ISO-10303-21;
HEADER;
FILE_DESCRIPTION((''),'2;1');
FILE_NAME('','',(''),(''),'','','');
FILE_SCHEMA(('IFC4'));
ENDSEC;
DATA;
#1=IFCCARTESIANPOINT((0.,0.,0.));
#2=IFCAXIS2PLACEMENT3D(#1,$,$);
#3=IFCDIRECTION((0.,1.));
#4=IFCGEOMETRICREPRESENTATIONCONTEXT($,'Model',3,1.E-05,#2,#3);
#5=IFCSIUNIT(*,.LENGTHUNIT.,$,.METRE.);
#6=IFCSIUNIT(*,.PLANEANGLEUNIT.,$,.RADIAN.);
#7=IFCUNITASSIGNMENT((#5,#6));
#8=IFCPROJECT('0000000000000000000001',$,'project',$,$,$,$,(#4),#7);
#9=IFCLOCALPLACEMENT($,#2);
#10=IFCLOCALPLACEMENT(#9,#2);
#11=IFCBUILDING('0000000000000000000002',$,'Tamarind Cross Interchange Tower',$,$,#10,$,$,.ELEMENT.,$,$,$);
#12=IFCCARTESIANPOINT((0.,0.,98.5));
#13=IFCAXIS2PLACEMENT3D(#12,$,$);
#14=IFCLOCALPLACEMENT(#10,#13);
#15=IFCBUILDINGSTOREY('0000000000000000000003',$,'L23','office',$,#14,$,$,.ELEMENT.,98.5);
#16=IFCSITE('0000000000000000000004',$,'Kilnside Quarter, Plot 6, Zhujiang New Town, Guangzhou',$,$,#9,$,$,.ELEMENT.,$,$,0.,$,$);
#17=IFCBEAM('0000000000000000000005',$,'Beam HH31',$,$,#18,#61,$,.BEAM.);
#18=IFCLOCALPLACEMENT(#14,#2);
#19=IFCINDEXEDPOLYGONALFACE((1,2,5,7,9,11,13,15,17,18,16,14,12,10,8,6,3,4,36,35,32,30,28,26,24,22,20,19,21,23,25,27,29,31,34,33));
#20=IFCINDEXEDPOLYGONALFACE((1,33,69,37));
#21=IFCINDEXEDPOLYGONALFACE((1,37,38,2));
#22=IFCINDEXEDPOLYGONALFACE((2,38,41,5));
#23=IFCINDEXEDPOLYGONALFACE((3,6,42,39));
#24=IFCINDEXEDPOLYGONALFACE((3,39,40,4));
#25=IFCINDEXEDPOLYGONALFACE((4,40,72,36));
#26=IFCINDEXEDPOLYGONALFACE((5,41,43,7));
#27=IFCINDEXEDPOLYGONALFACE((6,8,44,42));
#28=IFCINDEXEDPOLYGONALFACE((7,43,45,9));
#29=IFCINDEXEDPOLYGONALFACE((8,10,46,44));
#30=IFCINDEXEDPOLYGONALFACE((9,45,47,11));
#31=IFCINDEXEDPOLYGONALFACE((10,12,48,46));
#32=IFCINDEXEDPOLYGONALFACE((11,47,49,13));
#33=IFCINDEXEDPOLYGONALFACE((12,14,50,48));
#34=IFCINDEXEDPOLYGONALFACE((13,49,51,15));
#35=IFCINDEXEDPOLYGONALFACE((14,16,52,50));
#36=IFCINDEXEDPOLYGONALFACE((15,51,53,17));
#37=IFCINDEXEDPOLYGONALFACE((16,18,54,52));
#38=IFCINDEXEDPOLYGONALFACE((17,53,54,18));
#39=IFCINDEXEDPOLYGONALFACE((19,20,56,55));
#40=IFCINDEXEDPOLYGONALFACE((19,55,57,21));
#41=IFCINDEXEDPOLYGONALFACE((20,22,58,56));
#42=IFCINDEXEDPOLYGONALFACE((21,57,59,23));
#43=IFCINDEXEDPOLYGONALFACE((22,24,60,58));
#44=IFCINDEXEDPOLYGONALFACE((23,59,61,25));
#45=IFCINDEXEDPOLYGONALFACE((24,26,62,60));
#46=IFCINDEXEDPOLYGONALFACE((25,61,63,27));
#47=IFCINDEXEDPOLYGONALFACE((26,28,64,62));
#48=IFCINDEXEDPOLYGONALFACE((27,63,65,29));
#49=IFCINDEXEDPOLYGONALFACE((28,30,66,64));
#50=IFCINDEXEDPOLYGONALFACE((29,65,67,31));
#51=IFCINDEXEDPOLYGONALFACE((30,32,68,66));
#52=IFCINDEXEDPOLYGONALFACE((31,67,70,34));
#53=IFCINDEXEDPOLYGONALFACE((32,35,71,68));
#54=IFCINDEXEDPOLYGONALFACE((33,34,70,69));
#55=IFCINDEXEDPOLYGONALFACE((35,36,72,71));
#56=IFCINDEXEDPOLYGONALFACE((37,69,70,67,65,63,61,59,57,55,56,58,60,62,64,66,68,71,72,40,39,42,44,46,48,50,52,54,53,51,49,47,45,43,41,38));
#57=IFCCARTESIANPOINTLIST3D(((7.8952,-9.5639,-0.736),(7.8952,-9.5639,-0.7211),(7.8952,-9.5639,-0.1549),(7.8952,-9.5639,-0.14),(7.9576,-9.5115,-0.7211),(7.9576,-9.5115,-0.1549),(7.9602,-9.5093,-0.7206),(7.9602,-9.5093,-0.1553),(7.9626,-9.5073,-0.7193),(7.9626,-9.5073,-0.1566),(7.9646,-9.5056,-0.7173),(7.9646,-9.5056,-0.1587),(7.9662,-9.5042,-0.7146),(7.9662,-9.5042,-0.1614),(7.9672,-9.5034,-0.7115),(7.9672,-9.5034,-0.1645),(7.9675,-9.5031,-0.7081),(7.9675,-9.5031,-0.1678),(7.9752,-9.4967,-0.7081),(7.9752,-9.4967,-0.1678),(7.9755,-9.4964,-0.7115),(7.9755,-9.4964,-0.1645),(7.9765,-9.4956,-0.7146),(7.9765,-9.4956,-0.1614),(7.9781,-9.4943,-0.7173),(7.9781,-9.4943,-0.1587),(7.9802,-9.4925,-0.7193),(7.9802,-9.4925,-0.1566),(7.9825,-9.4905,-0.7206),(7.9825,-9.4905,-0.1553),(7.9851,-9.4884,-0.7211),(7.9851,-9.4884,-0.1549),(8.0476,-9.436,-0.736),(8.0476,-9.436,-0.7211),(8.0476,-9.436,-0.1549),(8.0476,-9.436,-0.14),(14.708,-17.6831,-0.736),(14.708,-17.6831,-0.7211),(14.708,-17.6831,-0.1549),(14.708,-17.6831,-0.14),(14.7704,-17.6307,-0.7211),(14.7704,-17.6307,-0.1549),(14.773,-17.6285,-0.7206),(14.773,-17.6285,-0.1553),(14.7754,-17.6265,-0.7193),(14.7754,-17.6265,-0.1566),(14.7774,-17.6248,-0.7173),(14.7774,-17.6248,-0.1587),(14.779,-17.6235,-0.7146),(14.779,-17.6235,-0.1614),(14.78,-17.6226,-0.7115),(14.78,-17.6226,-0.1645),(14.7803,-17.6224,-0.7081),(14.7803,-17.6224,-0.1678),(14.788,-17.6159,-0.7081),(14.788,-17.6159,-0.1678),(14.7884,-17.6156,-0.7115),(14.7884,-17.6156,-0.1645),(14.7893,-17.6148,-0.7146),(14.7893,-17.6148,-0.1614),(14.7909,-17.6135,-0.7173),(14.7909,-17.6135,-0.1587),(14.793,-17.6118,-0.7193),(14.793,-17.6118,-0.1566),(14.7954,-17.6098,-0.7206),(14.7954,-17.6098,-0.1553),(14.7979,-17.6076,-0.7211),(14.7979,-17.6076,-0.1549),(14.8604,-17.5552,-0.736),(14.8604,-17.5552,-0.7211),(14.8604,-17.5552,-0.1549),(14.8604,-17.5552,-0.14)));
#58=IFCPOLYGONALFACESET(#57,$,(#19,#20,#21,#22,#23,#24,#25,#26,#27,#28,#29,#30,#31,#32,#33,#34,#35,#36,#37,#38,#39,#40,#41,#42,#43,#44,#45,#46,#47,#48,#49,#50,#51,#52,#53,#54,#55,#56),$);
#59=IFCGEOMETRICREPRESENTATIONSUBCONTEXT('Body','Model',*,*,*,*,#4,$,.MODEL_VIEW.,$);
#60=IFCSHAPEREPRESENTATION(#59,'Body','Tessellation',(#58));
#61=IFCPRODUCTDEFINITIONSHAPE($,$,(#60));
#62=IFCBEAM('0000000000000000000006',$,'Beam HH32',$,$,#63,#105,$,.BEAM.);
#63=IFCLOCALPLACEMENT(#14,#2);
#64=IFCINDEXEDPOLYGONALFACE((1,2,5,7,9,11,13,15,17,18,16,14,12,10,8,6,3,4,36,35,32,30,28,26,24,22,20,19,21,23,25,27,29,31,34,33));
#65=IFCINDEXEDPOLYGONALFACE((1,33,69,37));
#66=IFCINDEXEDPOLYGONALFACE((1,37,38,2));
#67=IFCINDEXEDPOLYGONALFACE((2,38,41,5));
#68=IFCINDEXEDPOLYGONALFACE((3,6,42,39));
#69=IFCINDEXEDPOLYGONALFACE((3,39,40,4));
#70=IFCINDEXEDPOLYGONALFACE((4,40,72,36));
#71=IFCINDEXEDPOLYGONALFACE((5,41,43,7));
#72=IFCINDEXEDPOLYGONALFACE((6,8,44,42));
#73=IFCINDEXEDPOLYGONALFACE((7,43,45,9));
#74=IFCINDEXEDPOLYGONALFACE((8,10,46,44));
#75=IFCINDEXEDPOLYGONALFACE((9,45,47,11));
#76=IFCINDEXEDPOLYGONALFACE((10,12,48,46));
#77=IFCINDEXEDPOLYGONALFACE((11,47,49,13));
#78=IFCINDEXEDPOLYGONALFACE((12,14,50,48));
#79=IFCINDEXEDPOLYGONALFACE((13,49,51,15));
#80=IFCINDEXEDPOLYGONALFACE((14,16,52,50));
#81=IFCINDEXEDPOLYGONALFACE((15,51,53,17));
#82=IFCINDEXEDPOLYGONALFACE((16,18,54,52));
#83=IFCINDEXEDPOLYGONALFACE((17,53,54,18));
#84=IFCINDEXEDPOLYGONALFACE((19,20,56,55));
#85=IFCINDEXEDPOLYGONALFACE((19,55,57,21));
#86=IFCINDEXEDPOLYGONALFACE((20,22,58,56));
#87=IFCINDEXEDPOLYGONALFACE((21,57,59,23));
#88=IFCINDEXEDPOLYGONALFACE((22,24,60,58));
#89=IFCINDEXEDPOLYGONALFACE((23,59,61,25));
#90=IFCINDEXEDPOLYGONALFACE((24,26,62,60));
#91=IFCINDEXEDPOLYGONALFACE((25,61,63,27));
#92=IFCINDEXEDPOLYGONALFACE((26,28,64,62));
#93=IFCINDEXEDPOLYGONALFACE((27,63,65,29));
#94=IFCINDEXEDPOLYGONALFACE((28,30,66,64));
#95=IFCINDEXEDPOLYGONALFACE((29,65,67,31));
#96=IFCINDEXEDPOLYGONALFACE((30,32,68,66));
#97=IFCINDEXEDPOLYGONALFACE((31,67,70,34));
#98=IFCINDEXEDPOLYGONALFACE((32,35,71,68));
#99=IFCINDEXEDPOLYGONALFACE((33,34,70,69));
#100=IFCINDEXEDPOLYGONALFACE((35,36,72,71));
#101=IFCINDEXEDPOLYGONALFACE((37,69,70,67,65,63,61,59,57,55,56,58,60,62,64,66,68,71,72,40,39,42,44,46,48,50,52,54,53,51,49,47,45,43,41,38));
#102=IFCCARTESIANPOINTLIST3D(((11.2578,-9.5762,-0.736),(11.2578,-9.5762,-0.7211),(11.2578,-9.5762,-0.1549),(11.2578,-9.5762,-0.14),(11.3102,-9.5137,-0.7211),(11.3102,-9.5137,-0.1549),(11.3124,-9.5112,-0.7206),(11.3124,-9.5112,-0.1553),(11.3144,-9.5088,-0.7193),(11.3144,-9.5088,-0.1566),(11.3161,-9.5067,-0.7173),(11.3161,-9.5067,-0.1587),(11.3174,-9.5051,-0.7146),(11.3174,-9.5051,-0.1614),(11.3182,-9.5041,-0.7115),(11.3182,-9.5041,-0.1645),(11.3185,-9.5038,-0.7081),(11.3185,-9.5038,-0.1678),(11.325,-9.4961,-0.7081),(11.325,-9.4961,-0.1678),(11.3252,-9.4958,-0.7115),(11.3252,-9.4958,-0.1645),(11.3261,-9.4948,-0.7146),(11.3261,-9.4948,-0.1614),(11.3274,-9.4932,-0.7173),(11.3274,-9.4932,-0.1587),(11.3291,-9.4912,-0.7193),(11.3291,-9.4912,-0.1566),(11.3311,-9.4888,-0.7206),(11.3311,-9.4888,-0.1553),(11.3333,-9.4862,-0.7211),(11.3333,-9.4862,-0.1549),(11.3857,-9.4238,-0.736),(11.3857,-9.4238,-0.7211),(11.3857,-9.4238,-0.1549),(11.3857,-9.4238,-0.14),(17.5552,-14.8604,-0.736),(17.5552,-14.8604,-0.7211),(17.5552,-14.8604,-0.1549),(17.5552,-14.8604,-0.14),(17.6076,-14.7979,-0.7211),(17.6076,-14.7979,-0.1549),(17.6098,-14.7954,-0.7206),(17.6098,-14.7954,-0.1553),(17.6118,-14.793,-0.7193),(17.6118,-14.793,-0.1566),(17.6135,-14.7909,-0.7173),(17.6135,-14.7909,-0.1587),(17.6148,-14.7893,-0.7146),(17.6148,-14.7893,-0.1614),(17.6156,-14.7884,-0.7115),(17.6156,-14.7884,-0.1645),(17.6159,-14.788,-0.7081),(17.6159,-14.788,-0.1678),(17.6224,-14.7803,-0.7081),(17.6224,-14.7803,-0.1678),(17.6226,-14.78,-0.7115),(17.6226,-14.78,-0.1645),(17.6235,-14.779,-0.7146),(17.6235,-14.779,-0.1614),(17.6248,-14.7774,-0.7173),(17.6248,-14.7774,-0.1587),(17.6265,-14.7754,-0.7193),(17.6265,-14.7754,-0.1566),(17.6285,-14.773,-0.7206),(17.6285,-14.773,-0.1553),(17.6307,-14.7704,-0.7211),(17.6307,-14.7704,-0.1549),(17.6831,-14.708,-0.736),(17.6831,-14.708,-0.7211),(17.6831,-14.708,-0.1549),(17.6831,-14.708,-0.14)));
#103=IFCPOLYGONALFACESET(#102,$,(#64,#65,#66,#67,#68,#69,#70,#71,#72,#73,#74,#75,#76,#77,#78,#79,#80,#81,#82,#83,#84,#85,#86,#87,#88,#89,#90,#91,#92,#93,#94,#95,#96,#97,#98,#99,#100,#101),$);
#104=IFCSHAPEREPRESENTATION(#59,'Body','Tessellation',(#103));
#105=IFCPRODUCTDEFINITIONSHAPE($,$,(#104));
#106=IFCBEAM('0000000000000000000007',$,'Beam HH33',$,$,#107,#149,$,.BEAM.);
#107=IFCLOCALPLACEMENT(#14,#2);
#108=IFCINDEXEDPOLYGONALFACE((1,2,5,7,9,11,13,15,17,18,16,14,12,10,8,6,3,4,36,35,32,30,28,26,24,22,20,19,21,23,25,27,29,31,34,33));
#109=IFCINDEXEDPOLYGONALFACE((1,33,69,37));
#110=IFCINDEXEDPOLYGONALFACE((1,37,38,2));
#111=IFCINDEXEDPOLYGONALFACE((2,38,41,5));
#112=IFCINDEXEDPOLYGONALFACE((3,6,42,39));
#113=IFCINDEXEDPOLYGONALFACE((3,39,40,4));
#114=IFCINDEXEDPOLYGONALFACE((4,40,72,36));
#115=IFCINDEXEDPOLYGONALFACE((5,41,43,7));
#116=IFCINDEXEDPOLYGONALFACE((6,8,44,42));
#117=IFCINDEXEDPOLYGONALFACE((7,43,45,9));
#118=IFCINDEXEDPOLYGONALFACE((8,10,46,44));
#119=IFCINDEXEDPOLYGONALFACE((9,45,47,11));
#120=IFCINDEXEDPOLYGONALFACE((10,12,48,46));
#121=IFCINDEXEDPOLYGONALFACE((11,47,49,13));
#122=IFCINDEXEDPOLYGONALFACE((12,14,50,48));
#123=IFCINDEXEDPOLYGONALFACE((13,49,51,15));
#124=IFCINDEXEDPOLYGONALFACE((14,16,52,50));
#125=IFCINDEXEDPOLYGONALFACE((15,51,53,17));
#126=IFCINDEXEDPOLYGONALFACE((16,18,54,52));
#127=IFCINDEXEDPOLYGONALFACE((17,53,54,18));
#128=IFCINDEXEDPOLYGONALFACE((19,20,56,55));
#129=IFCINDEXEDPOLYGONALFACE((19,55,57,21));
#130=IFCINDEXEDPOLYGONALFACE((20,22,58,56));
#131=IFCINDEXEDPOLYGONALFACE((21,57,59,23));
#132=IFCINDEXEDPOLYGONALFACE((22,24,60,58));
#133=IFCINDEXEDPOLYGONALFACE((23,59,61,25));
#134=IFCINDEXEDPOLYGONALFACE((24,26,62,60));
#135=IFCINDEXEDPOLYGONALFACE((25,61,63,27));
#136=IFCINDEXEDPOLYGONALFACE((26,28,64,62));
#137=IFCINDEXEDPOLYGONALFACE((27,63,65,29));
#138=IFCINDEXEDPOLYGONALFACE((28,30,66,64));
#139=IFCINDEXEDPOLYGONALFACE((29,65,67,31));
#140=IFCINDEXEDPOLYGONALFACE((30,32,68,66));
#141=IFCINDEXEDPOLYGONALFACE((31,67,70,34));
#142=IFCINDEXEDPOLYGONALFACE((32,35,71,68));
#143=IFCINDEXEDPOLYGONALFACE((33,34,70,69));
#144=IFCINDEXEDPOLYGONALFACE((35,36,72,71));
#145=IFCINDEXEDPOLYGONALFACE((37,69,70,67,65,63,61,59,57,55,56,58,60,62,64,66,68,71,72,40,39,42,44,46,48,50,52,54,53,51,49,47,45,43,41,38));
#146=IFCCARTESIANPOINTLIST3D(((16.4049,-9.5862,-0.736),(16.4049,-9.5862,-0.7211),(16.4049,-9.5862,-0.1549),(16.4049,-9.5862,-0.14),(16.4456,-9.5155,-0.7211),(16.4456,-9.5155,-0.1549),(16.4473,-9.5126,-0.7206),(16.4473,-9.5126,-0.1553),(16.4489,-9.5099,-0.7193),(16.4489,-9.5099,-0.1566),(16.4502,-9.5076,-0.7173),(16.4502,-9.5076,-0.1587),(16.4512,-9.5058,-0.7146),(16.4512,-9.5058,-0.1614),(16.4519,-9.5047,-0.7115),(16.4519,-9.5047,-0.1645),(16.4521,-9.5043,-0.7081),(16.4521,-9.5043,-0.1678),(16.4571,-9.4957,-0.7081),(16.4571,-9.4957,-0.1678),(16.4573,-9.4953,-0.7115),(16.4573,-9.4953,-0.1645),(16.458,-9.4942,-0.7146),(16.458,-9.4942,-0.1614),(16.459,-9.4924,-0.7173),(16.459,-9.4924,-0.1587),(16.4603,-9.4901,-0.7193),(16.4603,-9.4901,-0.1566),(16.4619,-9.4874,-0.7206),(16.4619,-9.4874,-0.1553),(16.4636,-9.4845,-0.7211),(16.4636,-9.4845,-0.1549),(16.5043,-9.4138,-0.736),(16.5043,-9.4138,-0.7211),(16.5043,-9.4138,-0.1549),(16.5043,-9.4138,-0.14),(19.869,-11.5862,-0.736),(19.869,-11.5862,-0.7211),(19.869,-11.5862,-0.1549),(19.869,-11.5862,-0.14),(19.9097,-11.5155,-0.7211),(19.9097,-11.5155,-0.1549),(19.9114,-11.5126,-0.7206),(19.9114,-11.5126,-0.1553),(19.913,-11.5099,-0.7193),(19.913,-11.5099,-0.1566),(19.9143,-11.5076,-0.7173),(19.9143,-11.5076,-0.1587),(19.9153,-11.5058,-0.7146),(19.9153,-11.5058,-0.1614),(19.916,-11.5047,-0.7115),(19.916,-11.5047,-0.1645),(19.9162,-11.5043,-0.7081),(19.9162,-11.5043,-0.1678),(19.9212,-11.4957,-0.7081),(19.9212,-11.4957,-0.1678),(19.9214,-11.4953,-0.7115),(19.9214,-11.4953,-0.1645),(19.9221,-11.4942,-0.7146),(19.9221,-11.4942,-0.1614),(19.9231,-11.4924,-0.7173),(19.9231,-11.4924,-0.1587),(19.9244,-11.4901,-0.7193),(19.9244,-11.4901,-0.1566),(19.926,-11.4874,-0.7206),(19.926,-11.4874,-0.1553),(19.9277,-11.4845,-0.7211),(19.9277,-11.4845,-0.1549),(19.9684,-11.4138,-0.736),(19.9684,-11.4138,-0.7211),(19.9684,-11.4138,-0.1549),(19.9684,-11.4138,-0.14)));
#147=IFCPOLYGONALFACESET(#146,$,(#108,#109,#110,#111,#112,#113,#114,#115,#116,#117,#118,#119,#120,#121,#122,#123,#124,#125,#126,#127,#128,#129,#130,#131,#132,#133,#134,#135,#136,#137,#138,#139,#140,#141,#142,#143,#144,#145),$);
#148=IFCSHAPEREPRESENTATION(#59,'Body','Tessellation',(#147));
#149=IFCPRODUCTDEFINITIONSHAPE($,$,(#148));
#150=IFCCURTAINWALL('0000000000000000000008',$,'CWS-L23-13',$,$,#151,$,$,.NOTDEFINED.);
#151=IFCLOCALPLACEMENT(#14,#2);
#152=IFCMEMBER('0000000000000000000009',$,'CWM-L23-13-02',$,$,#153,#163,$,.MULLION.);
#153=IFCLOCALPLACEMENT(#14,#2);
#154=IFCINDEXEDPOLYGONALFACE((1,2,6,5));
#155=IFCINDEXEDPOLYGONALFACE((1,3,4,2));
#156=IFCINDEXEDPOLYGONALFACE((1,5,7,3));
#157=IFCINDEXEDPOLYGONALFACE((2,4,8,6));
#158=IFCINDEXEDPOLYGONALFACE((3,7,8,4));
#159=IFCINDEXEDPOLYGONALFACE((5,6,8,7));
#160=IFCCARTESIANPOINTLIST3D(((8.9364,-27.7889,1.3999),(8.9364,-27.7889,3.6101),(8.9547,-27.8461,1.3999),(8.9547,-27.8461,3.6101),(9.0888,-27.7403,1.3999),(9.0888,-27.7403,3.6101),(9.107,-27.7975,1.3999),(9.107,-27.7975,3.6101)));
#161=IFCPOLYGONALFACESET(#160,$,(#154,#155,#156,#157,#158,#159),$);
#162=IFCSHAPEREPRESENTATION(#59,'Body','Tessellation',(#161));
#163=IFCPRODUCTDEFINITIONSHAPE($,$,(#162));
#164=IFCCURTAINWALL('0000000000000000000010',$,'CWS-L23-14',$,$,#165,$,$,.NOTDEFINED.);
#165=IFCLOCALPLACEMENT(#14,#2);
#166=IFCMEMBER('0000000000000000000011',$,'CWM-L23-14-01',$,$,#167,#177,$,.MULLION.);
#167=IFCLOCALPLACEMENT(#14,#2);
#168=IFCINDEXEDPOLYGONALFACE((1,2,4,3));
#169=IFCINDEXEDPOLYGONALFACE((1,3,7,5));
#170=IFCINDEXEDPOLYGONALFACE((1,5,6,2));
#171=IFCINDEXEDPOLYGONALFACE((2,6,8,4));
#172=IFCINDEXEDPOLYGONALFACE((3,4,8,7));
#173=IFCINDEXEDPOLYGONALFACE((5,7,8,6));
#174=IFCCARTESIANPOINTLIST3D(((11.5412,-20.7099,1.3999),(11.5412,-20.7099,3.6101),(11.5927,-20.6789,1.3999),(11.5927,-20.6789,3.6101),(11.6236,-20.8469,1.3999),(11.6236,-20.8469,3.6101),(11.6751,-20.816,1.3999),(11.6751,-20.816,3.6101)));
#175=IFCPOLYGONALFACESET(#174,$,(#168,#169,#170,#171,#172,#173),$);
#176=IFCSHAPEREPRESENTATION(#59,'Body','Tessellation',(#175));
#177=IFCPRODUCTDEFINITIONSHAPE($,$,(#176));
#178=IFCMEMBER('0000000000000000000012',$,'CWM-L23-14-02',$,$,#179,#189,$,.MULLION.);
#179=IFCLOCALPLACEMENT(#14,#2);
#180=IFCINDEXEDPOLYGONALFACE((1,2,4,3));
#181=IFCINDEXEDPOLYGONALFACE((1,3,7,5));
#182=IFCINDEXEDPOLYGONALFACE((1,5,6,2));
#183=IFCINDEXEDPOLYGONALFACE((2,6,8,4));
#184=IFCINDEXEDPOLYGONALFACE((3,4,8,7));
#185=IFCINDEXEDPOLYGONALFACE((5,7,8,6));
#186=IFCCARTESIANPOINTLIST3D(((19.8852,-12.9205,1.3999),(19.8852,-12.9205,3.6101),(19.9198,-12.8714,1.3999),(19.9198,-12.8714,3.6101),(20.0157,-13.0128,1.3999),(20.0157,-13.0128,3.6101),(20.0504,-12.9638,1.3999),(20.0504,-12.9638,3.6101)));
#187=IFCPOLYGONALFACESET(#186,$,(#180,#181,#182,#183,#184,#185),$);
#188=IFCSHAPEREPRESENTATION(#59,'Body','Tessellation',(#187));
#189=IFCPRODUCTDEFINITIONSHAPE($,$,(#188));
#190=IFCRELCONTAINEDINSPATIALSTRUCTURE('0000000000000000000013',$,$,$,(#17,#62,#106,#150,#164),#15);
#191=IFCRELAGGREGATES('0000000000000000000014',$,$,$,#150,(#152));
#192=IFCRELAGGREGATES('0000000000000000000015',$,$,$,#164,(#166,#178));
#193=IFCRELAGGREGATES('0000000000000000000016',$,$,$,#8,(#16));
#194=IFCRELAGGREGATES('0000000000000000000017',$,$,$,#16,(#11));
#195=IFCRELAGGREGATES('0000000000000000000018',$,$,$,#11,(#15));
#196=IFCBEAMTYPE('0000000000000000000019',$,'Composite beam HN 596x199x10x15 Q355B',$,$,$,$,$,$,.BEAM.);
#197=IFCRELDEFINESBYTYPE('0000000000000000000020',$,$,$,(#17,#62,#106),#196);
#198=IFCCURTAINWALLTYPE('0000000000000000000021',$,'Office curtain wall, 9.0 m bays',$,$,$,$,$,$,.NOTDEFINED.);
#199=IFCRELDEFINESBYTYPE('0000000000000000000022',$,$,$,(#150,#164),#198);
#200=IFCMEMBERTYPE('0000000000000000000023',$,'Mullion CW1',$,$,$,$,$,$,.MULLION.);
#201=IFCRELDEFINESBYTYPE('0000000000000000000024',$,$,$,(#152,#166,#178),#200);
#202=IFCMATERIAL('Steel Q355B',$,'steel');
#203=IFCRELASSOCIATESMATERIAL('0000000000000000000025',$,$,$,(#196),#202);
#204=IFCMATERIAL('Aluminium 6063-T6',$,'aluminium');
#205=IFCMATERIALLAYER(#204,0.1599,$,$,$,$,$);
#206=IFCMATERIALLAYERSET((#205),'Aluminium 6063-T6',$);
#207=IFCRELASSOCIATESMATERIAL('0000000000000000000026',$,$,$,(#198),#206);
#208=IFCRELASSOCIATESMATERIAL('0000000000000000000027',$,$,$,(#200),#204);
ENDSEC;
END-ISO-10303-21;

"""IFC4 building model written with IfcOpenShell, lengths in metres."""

from ifc_helpers import new_model, si_unit, direction, frame, origin, origin_2d, place, context, subcontext, project, spatial, rectangle, i_section, extrude, material, layer, layer_set, material_profile, profile_set, type_object, element, aggregate, save


model = new_model("IFC4")

# Units and contexts
model_context = context("Model", 3, precision=1e-05, world=origin(), true_north=direction((0.0, 1.0)))
body_context = subcontext(model_context, "Body", "Model", "MODEL_VIEW")
ifc_project = project(units=[si_unit("LENGTHUNIT", "METRE"), si_unit("PLANEANGLEUNIT", "RADIAN")], contexts=[model_context])

# Site, building, storey
site_placement = place(None, origin())
site = spatial("IfcSite", under=ifc_project, at=site_placement, Name="Kilnside Quarter, Plot 6, Zhujiang New Town, Guangzhou", CompositionType="ELEMENT", RefElevation=0.0)
building_placement = place(site_placement, origin())
building = spatial("IfcBuilding", under=site, at=building_placement, Name="Tamarind Cross Interchange Tower", CompositionType="ELEMENT")
storey_placement = place(building_placement, frame((0.0, 0.0, 98.5)))
storey = spatial("IfcBuildingStorey", under=building, at=storey_placement, Name="L23", Description="office", CompositionType="ELEMENT", Elevation=98.5)

# Beams
ifc_material_1 = material(Name="Steel Q355B", Category="steel")
ifc_material_profile_1 = material_profile(ifc_material_1, i_section(OverallWidth=0.199, OverallDepth=0.5959, WebThickness=0.01, FlangeThickness=0.0149, FilletRadius=0.0129, at=origin_2d()), Name="HN 596x199x10x15")
ifc_profile_set_1 = profile_set([ifc_material_profile_1], Name="Steel Q355B")
beam_type = type_object("IfcBeamType", Name="Composite beam HN 596x199x10x15 Q355B", PredefinedType="BEAM", material=ifc_profile_set_1)
beam_1_placement = place(storey_placement, frame((14.7842, -17.6191, -0.438), z_axis=(-0.642786, 0.766046, 0.0), x_axis=(-0.766046, -0.642786, 0.0)))
element("IfcBeam", 1, at=beam_1_placement, inside=storey, type_object=beam_type, Name="Beam HH31", PredefinedType="BEAM", context=body_context, shape_type="SweptSolid", body=[
    extrude(i_section(OverallWidth=0.199, OverallDepth=0.5959, WebThickness=0.01, FlangeThickness=0.0149, FilletRadius=0.0129, at=origin_2d()), origin(), (0.0, 0.0, 1.0), 10.5989),
])
beam_2_placement = place(storey_placement, frame((17.6191, -14.7842, -0.438), z_axis=(-0.766041, 0.642792, 0.0), x_axis=(-0.642792, -0.766041, 0.0)))
element("IfcBeam", 2, at=beam_2_placement, inside=storey, type_object=beam_type, Name="Beam HH32", PredefinedType="BEAM", context=body_context, shape_type="SweptSolid", body=[
    extrude(i_section(OverallWidth=0.199, OverallDepth=0.5959, WebThickness=0.01, FlangeThickness=0.0149, FilletRadius=0.0129, at=origin_2d()), origin(), (0.0, 0.0, 1.0), 8.2207),
])
beam_3_placement = place(storey_placement, frame((19.9187, -11.5, -0.438), z_axis=(-0.866026, 0.499999, 0.0), x_axis=(-0.499999, -0.866026, 0.0)))
element("IfcBeam", 3, at=beam_3_placement, inside=storey, type_object=beam_type, Name="Beam HH33", PredefinedType="BEAM", context=body_context, shape_type="SweptSolid", body=[
    extrude(i_section(OverallWidth=0.199, OverallDepth=0.5959, WebThickness=0.01, FlangeThickness=0.0149, FilletRadius=0.0129, at=origin_2d()), origin(), (0.0, 0.0, 1.0), 4.0),
])

# Curtain wall, member
ifc_material_2 = material(Name="Aluminium 6063-T6", Category="aluminium")
ifc_layer_1 = layer(ifc_material_2, 0.1599)
ifc_layer_set_1 = layer_set([ifc_layer_1], Name="Aluminium 6063-T6")
curtain_wall_type = type_object("IfcCurtainWallType", Name="Office curtain wall, 9.0 m bays", PredefinedType="NOTDEFINED", material=ifc_layer_set_1)
curtain_wall_1_placement = place(storey_placement, origin())
curtain_wall_1 = element("IfcCurtainWall", 4, at=curtain_wall_1_placement, inside=storey, type_object=curtain_wall_type, Name="CWS-L23-13", PredefinedType="NOTDEFINED")
ifc_material_profile_2 = material_profile(ifc_material_2, rectangle(XDim=0.0601, YDim=0.1599, at=origin_2d()), Name="Mullion CW1")
ifc_profile_set_2 = profile_set([ifc_material_profile_2], Name="Aluminium 6063-T6")
member_type = type_object("IfcMemberType", Name="Mullion CW1", PredefinedType="MULLION", material=ifc_profile_set_2)
member_1_placement = place(storey_placement, frame((9.0217, -27.7932, 1.3999), z_axis=(0.0, 0.0, 1.0), x_axis=(-0.303683, 0.952773, 0.0)))
member_1 = element("IfcMember", 5, at=member_1_placement, type_object=member_type, Name="CWM-L23-13-02", PredefinedType="MULLION", context=body_context, shape_type="SweptSolid", body=[
    extrude(rectangle(XDim=0.0601, YDim=0.1599, at=origin_2d()), origin(), (0.0, 0.0, 1.0), 2.2102),
])
aggregate(curtain_wall_1, [member_1])

# Curtain wall, members
curtain_wall_2_placement = place(storey_placement, origin())
curtain_wall_2 = element("IfcCurtainWall", 6, at=curtain_wall_2_placement, inside=storey, type_object=curtain_wall_type, Name="CWS-L23-14", PredefinedType="NOTDEFINED")
member_2_placement = place(storey_placement, frame((11.6082, -20.7629, 1.3999), z_axis=(0.0, 0.0, 1.0), x_axis=(0.856843, 0.515577, 0.0)))
member_2 = element("IfcMember", 7, at=member_2_placement, type_object=member_type, Name="CWM-L23-14-01", PredefinedType="MULLION", context=body_context, shape_type="SweptSolid", body=[
    extrude(rectangle(XDim=0.0601, YDim=0.1599, at=origin_2d()), origin(), (0.0, 0.0, 1.0), 2.2102),
])
member_3_placement = place(storey_placement, frame((19.9678, -12.9421, 1.3999), z_axis=(0.0, 0.0, 1.0), x_axis=(0.577569, 0.816342, 0.0)))
member_3 = element("IfcMember", 8, at=member_3_placement, type_object=member_type, Name="CWM-L23-14-02", PredefinedType="MULLION", context=body_context, shape_type="SweptSolid", body=[
    extrude(rectangle(XDim=0.0601, YDim=0.1599, at=origin_2d()), origin(), (0.0, 0.0, 1.0), 2.2102),
])
aggregate(curtain_wall_2, [member_2, member_3])

save(model, "model.ifc")
